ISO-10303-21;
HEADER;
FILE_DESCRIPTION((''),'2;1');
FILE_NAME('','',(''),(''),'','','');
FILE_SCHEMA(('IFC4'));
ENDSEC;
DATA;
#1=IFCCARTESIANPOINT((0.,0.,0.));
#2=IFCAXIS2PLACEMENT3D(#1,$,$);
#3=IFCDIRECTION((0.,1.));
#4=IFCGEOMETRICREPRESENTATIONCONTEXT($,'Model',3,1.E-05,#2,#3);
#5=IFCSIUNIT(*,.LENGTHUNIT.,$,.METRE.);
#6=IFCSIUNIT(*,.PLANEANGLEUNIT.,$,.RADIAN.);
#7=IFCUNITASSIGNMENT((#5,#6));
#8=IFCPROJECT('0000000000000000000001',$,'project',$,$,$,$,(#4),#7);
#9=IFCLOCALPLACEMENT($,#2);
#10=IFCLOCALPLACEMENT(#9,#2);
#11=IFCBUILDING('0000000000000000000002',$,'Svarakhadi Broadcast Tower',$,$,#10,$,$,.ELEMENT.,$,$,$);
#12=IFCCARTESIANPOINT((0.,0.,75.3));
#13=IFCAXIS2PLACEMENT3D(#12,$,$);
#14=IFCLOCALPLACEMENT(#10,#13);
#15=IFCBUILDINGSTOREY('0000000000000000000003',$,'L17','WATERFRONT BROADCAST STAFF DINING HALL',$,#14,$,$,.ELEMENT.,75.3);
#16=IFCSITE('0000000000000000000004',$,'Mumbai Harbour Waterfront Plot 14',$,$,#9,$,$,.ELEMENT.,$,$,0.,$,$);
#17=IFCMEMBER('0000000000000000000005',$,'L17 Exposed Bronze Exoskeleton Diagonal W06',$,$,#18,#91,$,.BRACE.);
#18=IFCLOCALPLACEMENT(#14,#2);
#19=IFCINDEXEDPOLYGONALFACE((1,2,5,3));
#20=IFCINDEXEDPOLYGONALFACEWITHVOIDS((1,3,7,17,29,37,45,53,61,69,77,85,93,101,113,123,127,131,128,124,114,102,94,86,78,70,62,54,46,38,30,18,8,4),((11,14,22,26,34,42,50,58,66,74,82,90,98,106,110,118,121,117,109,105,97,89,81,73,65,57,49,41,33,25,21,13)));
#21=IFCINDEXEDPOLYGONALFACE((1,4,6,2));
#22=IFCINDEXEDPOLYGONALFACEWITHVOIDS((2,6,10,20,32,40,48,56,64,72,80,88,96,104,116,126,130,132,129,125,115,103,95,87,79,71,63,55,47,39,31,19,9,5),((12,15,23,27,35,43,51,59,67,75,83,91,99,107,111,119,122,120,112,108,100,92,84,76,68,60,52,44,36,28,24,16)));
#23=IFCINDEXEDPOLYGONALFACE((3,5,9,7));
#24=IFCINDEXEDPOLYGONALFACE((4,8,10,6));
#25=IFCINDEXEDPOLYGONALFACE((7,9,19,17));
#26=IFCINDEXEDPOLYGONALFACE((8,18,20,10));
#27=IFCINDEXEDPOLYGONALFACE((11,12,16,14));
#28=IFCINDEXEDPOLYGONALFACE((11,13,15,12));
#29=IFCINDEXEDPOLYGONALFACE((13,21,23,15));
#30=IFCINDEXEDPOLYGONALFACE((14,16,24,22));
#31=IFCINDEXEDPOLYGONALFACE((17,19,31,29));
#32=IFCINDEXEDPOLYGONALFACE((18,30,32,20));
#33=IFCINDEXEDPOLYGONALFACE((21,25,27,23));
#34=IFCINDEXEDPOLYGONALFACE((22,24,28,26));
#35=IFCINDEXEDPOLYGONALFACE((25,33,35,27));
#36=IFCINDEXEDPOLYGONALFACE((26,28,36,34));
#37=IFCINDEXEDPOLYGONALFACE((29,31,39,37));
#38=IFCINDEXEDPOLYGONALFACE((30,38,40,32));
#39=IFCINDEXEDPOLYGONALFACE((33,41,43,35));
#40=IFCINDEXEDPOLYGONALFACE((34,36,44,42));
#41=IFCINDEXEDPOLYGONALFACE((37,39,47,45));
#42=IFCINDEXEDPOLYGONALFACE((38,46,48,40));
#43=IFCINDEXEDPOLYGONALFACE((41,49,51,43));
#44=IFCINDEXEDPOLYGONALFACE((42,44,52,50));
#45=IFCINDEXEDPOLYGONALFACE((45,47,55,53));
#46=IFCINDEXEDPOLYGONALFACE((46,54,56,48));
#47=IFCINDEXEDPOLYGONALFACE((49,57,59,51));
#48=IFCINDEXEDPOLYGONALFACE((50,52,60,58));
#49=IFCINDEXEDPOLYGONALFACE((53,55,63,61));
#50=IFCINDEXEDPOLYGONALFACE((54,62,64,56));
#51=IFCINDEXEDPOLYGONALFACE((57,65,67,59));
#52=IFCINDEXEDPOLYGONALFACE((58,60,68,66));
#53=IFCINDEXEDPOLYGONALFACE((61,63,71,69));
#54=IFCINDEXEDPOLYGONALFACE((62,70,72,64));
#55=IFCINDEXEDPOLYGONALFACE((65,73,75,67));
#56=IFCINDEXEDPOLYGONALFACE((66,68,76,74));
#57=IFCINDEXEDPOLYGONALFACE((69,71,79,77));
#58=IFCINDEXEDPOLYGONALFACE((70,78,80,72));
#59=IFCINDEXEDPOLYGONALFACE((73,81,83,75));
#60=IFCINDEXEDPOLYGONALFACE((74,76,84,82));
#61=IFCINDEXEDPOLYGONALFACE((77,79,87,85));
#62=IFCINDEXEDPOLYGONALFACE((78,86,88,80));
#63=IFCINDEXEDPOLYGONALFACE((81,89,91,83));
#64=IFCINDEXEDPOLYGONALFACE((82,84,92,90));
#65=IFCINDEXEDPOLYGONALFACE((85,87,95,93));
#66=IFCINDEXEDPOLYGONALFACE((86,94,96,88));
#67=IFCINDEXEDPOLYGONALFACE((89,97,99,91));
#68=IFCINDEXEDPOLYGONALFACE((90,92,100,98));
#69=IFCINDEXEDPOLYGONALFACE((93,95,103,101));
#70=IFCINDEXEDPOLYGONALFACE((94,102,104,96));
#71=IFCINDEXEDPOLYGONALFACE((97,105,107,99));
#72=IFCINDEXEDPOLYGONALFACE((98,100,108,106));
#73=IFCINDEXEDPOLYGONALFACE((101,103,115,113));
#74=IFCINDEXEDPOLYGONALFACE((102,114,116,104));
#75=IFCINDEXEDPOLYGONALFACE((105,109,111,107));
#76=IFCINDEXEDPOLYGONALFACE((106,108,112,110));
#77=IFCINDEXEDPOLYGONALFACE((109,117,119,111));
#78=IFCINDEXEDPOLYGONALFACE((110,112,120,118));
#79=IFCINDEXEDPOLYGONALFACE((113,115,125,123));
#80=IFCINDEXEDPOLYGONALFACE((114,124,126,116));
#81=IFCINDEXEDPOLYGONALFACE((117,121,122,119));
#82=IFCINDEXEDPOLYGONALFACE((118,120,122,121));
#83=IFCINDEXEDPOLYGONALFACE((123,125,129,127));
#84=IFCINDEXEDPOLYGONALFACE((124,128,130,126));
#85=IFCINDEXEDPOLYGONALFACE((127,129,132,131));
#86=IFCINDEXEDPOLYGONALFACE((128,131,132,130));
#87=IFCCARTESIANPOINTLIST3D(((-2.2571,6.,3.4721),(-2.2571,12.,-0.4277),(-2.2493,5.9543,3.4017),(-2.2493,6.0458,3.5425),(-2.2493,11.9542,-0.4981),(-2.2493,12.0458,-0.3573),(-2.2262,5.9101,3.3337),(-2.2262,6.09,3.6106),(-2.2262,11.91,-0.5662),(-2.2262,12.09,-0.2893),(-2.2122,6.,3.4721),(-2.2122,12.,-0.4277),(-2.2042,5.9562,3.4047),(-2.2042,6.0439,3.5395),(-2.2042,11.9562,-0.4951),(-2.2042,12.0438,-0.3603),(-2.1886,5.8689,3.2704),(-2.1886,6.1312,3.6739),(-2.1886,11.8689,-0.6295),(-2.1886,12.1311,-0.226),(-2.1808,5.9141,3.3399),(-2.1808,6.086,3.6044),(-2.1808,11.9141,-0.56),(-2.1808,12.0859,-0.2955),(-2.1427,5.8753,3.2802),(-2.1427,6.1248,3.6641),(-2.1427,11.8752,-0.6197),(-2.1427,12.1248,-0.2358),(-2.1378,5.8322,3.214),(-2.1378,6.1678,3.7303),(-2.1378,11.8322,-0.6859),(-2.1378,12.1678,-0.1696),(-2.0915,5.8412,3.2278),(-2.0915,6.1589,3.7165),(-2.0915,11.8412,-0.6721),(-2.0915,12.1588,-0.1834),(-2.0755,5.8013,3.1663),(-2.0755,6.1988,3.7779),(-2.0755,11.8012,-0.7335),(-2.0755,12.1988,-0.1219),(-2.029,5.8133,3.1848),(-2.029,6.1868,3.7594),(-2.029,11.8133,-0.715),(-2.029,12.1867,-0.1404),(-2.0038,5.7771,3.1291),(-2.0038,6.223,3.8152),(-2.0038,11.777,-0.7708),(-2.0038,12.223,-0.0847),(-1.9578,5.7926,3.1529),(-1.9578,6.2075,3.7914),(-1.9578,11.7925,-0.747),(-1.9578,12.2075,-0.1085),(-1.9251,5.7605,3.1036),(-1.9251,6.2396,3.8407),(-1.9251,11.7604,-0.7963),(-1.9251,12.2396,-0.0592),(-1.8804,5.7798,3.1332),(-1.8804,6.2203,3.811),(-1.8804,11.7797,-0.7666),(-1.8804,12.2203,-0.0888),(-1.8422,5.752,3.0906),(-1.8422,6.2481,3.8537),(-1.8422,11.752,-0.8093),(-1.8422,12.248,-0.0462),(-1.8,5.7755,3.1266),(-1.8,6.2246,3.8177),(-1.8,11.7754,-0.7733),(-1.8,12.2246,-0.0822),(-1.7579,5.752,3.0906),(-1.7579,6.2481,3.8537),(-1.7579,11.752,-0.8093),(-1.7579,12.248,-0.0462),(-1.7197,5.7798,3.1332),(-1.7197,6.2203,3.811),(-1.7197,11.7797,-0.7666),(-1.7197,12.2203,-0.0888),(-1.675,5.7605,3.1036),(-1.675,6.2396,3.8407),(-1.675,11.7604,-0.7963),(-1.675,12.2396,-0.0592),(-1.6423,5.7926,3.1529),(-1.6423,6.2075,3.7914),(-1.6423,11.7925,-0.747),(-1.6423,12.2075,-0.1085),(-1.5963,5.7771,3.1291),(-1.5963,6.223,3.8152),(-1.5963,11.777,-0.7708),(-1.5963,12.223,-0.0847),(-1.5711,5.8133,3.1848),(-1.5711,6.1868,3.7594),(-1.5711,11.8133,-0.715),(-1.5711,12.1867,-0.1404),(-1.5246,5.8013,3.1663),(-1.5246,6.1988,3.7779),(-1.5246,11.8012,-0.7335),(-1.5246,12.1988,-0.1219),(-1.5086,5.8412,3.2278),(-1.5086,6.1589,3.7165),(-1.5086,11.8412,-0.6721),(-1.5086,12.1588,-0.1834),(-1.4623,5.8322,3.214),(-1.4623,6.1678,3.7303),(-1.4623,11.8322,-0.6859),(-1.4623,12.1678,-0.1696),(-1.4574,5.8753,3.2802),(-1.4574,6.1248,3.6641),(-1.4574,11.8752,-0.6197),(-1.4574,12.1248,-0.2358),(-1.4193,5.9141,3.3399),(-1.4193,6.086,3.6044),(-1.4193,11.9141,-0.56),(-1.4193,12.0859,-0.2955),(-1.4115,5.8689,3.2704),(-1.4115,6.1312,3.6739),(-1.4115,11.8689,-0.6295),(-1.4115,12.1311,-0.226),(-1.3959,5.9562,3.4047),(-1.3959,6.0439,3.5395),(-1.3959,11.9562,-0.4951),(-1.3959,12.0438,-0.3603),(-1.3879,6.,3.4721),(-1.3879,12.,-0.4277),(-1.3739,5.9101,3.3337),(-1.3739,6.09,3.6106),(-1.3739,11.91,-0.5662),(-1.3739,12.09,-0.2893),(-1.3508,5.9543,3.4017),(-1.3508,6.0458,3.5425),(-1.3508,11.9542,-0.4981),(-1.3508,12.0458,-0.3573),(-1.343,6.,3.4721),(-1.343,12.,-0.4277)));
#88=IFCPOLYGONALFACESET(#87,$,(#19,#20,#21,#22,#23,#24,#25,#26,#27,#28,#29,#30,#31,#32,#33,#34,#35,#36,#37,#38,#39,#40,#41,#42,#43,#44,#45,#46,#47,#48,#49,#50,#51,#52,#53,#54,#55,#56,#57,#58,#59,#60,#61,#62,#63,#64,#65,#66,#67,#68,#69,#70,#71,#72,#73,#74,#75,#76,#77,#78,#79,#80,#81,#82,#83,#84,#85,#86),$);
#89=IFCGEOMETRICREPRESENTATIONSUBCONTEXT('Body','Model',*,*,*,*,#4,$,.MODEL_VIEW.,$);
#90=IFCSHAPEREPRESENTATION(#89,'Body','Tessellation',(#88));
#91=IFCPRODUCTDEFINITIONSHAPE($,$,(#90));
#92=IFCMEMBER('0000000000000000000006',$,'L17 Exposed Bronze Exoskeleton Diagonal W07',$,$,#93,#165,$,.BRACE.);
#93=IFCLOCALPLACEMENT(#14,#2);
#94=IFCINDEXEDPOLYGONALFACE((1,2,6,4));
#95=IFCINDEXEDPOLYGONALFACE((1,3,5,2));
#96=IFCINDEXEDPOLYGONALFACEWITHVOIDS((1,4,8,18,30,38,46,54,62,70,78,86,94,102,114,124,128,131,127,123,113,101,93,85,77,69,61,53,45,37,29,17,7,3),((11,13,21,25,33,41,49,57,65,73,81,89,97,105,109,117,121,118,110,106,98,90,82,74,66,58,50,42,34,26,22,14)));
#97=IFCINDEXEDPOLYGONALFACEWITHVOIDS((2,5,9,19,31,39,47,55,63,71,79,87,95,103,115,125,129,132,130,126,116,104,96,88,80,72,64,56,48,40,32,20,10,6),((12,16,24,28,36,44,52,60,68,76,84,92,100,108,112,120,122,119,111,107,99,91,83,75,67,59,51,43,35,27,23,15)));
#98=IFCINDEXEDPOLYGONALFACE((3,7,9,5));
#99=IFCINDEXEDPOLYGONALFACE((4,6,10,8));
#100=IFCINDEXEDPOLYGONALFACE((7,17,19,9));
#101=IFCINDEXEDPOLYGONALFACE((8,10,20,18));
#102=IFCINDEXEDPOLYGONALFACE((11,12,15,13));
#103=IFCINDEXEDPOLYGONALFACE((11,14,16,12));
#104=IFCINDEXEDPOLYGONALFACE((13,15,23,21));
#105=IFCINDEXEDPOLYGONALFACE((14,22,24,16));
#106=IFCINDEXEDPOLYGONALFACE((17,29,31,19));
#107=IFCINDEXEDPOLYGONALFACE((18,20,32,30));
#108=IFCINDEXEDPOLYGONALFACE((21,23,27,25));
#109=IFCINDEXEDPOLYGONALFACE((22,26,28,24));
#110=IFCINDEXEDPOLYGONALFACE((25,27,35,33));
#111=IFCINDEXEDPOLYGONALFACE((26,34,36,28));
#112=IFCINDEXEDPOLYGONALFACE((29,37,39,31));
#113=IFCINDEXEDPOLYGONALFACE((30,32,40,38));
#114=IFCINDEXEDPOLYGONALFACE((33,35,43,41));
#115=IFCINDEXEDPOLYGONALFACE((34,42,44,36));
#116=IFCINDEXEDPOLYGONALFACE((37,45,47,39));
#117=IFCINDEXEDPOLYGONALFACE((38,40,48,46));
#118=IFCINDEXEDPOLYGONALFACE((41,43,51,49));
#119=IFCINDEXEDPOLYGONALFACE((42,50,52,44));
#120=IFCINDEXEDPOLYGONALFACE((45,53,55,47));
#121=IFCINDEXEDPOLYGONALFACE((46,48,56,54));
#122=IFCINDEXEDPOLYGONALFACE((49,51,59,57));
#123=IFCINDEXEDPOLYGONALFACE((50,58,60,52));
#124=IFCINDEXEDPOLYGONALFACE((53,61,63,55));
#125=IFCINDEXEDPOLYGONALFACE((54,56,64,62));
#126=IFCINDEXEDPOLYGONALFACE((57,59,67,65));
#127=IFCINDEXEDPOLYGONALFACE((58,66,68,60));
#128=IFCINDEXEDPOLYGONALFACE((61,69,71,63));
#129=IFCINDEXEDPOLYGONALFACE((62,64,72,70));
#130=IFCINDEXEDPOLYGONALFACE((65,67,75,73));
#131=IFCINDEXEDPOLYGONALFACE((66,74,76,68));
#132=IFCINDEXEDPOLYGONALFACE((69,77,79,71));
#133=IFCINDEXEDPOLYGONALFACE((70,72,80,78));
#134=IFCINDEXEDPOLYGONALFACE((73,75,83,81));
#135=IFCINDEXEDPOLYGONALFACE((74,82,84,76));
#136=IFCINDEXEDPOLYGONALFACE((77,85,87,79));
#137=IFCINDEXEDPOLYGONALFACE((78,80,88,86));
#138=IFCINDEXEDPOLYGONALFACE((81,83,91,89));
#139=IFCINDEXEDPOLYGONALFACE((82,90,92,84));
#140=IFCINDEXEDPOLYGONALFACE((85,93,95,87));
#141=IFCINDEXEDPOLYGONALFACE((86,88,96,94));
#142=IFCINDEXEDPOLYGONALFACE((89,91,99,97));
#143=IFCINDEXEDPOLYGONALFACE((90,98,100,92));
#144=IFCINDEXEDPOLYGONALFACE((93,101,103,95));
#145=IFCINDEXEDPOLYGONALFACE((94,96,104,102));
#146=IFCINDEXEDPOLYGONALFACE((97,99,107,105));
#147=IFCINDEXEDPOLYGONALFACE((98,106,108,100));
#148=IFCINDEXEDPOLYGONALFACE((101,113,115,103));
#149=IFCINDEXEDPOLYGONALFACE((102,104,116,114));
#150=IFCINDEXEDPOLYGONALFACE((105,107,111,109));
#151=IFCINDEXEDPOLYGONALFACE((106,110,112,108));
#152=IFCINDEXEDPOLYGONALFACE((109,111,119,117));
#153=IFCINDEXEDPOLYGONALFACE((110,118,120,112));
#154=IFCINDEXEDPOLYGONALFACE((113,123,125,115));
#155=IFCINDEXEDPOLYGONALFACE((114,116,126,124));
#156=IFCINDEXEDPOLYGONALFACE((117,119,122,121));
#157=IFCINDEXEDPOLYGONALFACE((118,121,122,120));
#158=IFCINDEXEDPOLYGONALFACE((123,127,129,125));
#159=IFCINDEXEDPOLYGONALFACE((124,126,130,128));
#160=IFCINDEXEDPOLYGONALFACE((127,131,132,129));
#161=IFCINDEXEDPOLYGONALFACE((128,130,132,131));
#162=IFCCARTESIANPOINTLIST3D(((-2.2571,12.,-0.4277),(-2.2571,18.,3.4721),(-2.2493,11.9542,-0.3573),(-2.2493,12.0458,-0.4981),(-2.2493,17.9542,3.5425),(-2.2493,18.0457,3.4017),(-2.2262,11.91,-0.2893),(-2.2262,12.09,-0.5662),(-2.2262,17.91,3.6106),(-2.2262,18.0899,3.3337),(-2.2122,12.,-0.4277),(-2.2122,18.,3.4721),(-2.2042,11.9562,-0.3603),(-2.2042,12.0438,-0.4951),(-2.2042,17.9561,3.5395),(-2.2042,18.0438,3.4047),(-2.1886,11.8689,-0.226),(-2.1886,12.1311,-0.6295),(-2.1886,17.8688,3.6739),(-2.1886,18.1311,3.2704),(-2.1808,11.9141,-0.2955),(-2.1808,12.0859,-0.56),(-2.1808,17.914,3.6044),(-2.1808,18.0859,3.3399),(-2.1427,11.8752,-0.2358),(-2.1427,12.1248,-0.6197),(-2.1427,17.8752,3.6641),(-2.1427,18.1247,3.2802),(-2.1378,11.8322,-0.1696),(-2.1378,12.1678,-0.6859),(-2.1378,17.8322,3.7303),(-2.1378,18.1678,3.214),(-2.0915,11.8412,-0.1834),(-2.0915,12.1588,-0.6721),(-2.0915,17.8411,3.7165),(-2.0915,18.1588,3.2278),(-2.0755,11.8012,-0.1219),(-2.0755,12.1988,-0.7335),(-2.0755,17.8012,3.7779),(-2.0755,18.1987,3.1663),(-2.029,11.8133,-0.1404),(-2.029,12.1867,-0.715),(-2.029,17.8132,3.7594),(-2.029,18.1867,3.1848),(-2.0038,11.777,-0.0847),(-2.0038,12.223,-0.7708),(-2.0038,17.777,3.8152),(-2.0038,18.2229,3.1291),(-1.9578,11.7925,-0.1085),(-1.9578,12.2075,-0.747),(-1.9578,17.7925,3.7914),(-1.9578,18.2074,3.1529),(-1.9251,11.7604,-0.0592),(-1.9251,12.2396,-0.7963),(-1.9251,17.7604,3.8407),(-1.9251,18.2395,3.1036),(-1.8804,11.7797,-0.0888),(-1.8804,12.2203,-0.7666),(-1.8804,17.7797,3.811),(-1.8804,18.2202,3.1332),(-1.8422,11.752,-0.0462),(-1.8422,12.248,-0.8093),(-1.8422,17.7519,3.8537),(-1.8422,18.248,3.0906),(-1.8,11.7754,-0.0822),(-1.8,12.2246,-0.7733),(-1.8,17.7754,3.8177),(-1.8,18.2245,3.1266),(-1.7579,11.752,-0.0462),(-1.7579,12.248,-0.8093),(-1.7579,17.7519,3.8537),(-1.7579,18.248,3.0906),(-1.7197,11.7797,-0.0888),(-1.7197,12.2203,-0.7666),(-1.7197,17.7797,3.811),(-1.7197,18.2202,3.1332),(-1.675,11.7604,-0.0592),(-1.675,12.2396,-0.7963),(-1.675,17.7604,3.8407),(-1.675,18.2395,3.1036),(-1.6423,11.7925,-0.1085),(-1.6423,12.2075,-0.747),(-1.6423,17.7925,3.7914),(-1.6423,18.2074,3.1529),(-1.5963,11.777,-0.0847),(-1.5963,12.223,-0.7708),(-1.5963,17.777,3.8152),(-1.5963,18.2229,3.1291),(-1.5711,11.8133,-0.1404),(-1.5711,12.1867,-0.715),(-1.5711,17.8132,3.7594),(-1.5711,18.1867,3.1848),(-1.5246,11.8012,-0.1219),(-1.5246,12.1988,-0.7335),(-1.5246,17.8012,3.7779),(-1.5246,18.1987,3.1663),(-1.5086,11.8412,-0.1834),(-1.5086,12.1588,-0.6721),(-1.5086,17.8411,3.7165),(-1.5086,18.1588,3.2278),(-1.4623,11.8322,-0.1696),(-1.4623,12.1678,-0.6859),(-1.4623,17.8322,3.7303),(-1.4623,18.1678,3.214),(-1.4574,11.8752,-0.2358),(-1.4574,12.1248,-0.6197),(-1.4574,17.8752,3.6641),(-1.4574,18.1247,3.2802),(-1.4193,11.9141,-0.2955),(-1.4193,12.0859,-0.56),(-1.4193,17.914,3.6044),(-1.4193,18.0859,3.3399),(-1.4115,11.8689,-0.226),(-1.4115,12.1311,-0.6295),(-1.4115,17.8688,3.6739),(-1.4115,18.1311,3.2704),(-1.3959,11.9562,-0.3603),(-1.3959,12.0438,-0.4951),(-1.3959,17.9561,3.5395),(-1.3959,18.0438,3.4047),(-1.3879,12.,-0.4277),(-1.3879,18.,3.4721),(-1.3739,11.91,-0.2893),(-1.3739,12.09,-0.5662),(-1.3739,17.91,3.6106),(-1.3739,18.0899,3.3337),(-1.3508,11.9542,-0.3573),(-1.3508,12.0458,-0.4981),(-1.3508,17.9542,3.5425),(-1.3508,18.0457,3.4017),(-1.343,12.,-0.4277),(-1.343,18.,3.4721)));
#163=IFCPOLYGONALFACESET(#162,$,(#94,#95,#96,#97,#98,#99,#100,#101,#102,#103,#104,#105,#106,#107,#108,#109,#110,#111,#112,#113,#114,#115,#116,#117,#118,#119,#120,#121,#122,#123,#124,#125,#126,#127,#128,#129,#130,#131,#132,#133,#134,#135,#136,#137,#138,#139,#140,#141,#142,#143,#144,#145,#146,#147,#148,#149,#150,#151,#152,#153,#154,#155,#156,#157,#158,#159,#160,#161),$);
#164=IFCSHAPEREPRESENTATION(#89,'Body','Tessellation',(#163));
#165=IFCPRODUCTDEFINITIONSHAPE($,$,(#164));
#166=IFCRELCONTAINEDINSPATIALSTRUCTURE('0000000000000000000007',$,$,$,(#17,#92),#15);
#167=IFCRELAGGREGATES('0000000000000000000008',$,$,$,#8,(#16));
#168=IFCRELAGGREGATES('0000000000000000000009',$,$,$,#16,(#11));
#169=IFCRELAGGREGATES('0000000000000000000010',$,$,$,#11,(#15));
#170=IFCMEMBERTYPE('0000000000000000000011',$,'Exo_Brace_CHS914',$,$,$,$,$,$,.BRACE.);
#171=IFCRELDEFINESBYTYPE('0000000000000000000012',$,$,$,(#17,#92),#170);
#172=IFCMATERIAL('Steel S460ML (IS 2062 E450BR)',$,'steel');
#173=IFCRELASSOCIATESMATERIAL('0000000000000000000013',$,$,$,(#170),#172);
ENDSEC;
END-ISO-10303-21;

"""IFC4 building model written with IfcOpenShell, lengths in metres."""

from ifc_helpers import new_model, si_unit, direction, frame, origin, origin_2d, place, context, subcontext, project, spatial, hollow_circle, extrude, material, material_profile, profile_set, type_object, element, save


model = new_model("IFC4")

# Units and contexts
model_context = context("Model", 3, precision=1e-05, world=origin(), true_north=direction((0.0, 1.0)))
body_context = subcontext(model_context, "Body", "Model", "MODEL_VIEW")
ifc_project = project(units=[si_unit("LENGTHUNIT", "METRE"), si_unit("PLANEANGLEUNIT", "RADIAN")], contexts=[model_context])

# Site, building, storey
site_placement = place(None, origin())
site = spatial("IfcSite", under=ifc_project, at=site_placement, Name="Mumbai Harbour Waterfront Plot 14", CompositionType="ELEMENT", RefElevation=0.0)
building_placement = place(site_placement, origin())
building = spatial("IfcBuilding", under=site, at=building_placement, Name="Svarakhadi Broadcast Tower", CompositionType="ELEMENT")
storey_placement = place(building_placement, frame((0.0, 0.0, 75.3)))
storey = spatial("IfcBuildingStorey", under=building, at=storey_placement, Name="L17", Description="WATERFRONT BROADCAST STAFF DINING HALL", CompositionType="ELEMENT", Elevation=75.3)

# Shared definitions
ifc_material_1 = material(Name="Steel S460ML (IS 2062 E450BR)", Category="steel")

# Members
ifc_material_profile_1 = material_profile(ifc_material_1, hollow_circle(Radius=0.457, WallThickness=0.0449, at=origin_2d()), Name="CHS 914x45")
ifc_profile_set_1 = profile_set([ifc_material_profile_1], Name="Steel S460ML (IS 2062 E450BR)")
member_type_1 = type_object("IfcMemberType", Name="Exo_Brace_CHS914", PredefinedType="BRACE", material=ifc_profile_set_1)
for number, where, z_axis, x_axis, name in (
    (1, (-1.8, 12.0, -0.4277), (0.0, -0.83845, 0.544979), (1.0, 0.0, 0.0), "L17 Exposed Bronze Exoskeleton Diagonal W06"),
    (2, (-1.8, 12.0, -0.4277), (0.0, 0.83845, 0.544979), (-1.0, 0.0, 0.0), "L17 Exposed Bronze Exoskeleton Diagonal W07"),
):
    element("IfcMember", number, at=place(storey_placement, frame(where, z_axis=z_axis, x_axis=x_axis)), inside=storey, type_object=member_type_1, Name=name, PredefinedType="BRACE", context=body_context, shape_type="SweptSolid", body=[
        extrude(hollow_circle(Radius=0.457, WallThickness=0.0449, at=origin_2d()), origin(), (0.0, 0.0, 1.0), 7.156),
    ])

save(model, "model.ifc")
